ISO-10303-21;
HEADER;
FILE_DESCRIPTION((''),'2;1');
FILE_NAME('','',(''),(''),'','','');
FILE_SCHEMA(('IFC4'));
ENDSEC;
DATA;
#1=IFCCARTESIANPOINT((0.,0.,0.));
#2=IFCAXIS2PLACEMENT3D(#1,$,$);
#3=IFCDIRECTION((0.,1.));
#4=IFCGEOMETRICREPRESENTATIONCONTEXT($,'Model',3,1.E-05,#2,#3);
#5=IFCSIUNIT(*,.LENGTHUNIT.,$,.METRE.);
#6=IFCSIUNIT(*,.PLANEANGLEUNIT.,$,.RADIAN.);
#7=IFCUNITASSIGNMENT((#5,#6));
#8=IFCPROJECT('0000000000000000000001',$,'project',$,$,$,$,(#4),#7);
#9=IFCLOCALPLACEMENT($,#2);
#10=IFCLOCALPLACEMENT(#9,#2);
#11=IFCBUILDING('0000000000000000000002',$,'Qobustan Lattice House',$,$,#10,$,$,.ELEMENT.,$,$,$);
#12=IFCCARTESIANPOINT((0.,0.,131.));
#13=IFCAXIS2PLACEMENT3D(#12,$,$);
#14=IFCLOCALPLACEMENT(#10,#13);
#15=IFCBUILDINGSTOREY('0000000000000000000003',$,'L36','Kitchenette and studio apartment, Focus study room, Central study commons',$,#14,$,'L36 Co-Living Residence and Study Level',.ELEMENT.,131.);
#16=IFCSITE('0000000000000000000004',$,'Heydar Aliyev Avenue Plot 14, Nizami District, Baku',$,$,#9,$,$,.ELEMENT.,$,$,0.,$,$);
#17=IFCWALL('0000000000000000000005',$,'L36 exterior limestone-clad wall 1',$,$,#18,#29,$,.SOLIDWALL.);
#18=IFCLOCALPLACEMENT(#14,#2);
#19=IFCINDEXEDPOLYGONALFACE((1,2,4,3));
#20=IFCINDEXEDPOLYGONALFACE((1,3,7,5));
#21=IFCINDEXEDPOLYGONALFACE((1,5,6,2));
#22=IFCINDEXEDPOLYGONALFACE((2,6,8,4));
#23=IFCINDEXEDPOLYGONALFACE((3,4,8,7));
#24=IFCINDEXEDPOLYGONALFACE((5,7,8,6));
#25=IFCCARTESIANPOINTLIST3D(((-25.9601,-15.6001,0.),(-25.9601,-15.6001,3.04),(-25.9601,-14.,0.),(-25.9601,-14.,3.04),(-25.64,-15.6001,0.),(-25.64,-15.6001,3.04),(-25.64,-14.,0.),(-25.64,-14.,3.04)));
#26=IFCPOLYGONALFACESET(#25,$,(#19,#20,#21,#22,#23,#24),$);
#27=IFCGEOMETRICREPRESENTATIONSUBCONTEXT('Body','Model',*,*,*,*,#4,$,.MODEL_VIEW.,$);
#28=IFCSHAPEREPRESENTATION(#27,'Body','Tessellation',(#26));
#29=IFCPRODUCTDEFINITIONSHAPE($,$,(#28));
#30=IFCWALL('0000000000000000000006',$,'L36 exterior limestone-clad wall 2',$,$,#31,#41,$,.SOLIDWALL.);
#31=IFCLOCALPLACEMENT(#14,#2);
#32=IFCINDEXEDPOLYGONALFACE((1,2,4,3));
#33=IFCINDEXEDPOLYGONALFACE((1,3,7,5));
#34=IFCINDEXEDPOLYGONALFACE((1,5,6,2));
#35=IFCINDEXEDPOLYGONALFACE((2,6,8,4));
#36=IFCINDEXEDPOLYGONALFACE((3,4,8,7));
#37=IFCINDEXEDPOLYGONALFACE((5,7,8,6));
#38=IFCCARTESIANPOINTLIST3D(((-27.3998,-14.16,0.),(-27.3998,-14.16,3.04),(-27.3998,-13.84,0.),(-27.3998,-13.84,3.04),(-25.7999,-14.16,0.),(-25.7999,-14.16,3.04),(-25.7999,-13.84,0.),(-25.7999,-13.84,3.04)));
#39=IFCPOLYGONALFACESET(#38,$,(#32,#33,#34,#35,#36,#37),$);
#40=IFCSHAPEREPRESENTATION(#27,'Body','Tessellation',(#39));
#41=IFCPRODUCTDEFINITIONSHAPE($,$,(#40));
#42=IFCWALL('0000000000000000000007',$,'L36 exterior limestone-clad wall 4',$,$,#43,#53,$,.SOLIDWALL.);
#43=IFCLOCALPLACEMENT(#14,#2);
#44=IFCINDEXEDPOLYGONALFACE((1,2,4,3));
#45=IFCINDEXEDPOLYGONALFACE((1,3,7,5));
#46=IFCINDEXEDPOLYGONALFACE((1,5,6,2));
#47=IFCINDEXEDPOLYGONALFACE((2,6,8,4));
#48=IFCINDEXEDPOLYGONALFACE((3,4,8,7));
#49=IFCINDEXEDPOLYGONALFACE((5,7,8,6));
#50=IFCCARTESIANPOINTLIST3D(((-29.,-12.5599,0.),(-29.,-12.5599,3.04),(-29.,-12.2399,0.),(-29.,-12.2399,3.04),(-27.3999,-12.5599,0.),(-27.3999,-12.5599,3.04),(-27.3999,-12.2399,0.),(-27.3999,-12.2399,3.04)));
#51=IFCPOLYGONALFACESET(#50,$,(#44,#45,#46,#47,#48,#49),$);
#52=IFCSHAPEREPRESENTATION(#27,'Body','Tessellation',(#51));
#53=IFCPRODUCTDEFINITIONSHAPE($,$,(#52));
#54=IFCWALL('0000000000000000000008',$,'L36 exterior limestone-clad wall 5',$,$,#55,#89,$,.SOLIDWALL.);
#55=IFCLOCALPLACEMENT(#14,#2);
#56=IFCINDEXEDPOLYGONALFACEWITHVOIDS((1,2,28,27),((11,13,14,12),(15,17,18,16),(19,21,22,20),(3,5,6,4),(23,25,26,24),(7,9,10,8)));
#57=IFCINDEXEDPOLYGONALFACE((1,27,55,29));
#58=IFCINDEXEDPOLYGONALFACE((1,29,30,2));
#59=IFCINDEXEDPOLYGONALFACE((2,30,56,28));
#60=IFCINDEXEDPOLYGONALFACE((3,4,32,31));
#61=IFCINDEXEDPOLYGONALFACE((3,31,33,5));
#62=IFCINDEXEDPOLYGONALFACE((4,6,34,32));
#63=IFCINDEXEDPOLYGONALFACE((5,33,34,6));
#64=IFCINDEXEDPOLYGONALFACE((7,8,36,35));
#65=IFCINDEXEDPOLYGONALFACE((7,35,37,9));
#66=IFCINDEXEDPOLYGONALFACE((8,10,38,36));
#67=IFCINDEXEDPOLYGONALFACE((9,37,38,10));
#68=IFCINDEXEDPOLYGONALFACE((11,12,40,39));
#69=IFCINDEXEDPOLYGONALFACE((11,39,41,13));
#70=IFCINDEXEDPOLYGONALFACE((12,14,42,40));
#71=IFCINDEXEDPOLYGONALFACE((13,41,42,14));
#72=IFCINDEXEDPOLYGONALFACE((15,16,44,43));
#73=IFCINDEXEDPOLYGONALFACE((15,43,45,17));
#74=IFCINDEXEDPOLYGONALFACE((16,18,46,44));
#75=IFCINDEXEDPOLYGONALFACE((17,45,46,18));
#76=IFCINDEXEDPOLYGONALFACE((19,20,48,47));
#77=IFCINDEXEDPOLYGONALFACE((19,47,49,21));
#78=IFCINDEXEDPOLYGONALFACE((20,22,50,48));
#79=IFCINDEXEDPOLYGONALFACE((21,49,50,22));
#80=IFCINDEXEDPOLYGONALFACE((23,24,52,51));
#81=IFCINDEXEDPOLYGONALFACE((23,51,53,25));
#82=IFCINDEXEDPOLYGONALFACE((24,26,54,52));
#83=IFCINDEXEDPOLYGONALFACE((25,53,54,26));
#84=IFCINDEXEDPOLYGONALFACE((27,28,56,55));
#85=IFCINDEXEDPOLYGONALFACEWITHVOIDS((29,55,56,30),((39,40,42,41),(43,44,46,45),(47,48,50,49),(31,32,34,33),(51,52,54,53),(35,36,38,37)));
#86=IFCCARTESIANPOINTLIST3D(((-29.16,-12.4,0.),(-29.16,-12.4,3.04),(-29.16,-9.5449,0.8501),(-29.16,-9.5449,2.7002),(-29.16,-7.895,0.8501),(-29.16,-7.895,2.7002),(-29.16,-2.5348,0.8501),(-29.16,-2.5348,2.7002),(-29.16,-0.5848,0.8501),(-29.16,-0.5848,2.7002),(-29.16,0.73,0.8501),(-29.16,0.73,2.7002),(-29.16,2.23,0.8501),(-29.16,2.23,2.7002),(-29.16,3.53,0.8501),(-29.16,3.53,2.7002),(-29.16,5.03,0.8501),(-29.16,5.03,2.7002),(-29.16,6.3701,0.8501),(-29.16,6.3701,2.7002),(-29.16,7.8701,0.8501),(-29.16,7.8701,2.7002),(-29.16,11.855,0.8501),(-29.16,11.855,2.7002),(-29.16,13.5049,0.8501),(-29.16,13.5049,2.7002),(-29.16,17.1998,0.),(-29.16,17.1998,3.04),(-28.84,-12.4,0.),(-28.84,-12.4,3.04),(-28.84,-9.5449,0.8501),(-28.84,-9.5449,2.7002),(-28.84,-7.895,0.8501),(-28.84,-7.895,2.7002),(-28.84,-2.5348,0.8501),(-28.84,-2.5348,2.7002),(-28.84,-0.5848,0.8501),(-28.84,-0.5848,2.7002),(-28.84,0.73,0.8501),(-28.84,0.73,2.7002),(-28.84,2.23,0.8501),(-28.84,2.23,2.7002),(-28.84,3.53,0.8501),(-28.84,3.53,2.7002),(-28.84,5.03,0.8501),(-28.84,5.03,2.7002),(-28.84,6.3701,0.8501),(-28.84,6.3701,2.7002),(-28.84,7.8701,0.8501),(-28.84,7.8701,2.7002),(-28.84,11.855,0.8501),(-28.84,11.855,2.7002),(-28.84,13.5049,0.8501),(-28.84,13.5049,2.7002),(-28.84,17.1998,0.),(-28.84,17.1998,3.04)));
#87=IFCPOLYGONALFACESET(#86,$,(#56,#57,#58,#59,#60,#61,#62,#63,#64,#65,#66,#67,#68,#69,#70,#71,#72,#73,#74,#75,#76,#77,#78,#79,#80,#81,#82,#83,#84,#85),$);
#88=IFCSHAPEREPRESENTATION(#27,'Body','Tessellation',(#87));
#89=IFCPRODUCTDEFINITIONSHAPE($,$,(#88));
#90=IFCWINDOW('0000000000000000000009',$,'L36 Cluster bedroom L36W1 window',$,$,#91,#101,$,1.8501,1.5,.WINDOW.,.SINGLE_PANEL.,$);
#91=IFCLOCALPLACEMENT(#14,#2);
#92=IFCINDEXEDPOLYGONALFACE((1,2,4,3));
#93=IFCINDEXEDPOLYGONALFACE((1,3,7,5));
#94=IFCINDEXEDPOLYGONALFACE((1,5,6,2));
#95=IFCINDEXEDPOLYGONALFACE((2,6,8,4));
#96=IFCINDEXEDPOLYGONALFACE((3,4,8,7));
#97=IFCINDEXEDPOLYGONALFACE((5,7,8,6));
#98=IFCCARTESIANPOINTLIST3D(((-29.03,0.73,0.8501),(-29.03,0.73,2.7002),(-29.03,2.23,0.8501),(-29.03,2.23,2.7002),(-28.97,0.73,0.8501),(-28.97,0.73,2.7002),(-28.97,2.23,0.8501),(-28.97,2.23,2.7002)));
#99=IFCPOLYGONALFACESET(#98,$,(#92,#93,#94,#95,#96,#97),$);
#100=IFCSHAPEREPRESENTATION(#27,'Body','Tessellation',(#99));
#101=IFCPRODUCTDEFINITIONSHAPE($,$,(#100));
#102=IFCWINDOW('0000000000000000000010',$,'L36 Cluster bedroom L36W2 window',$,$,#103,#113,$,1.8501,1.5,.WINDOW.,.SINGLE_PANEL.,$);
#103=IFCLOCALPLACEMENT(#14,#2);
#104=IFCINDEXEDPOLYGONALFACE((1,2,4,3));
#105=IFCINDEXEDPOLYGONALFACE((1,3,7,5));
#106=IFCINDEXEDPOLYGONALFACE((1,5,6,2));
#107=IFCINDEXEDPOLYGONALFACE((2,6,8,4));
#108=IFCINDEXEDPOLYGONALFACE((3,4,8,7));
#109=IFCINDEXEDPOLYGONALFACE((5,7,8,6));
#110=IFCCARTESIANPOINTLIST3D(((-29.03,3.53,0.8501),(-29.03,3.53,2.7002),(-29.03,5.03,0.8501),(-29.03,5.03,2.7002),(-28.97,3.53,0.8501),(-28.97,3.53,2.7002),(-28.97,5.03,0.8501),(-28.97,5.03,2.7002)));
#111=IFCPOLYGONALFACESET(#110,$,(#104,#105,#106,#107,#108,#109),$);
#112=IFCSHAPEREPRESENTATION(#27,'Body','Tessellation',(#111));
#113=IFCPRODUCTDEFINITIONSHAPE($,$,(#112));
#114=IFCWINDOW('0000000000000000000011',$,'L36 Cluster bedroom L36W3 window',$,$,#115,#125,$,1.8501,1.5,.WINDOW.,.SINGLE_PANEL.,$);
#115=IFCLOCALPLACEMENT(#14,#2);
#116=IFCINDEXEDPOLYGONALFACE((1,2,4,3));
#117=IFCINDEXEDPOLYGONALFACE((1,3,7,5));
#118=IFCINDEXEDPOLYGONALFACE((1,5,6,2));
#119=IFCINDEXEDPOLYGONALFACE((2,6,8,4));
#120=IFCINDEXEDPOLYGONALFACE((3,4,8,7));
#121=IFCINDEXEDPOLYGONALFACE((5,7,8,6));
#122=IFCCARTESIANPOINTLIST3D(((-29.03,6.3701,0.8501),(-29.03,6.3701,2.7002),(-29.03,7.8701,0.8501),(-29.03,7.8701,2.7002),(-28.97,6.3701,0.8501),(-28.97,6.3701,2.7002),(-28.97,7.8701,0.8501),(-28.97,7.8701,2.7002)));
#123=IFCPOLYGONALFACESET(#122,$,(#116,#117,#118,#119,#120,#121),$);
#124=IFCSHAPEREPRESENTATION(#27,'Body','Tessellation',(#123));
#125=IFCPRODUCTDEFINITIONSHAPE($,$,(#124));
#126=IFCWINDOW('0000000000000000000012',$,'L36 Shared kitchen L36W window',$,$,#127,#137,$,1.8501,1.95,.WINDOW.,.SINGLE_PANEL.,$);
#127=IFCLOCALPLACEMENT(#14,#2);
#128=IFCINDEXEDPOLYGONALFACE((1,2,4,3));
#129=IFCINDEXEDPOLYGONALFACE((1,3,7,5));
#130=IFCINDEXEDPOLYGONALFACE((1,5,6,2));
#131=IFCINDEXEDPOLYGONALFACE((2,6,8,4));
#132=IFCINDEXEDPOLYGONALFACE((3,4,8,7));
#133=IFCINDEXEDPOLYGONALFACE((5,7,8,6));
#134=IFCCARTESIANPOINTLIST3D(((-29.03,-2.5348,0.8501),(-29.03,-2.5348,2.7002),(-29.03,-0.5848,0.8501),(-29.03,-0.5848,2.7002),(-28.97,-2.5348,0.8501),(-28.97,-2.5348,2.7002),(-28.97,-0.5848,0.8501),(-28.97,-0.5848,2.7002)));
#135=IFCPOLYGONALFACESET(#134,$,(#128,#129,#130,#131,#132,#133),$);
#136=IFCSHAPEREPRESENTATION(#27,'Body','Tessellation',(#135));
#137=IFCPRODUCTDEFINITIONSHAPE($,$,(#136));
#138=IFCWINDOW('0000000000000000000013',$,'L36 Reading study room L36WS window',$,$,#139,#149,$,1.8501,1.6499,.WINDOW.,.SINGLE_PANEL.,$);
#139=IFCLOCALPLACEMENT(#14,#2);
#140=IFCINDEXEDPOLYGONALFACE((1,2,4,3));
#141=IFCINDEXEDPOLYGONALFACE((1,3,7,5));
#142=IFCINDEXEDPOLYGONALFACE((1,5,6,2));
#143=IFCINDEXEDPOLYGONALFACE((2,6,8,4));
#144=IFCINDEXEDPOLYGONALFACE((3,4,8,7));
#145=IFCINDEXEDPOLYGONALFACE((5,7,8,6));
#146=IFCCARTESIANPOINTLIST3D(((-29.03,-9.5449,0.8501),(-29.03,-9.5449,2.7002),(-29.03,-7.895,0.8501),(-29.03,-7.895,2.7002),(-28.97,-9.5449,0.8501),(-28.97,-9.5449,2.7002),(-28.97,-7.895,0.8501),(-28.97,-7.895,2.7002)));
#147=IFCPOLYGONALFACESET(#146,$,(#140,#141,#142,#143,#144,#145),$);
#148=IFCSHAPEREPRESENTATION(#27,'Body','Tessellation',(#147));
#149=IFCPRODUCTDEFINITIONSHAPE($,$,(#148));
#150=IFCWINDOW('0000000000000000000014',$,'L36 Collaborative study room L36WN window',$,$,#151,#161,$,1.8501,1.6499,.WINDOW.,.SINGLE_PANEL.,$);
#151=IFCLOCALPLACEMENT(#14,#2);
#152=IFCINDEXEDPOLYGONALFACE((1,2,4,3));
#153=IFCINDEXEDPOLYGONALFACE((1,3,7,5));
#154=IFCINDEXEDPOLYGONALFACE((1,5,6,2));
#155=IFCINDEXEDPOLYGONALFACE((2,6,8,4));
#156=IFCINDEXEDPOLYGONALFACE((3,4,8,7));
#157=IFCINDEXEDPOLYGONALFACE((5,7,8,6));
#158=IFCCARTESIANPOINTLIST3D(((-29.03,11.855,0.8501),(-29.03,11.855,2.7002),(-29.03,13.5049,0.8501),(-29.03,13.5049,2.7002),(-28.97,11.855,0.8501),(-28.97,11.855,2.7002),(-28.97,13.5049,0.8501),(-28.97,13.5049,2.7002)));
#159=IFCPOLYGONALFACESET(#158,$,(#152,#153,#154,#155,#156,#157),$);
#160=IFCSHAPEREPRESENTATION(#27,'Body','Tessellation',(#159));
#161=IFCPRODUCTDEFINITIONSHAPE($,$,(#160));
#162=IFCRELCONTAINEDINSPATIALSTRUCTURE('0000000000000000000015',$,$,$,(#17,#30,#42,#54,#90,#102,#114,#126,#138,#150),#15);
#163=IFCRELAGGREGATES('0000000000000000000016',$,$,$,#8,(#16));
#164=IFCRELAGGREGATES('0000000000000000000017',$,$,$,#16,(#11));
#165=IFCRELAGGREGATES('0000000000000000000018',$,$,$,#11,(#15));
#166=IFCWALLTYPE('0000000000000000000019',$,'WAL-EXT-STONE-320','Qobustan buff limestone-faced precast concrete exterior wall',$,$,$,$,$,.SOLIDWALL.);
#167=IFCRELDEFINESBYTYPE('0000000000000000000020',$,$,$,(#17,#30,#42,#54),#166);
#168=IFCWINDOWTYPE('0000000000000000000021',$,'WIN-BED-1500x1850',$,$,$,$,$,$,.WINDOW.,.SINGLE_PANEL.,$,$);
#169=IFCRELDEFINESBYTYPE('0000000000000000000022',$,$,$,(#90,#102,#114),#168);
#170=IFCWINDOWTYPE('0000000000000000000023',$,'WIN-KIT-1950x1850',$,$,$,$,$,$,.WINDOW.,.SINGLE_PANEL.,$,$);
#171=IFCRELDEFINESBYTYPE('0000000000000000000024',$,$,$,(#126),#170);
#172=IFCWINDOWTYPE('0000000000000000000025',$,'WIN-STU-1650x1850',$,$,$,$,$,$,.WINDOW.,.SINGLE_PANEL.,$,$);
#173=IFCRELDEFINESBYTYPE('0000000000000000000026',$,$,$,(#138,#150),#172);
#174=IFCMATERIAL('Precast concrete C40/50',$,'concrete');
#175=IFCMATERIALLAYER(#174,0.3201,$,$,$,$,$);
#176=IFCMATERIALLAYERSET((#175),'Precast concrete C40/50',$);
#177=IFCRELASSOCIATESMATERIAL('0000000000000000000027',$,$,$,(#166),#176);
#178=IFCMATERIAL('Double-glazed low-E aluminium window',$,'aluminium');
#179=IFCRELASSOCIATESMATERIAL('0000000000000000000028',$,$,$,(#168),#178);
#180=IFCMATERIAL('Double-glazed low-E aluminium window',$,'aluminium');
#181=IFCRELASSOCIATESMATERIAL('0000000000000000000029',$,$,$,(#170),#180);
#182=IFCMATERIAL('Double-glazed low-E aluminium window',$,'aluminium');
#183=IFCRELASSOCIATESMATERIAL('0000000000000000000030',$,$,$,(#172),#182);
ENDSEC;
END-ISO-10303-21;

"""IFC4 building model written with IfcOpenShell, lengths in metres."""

from ifc_helpers import new_model, si_unit, direction, frame, frame_2d, origin, place, context, subcontext, project, spatial, rectangle, extrude, material, layer, layer_set, type_object, element, fill, save


model = new_model("IFC4")

# Units and contexts
model_context = context("Model", 3, precision=1e-05, world=origin(), true_north=direction((0.0, 1.0)))
body_context = subcontext(model_context, "Body", "Model", "MODEL_VIEW")
ifc_project = project(units=[si_unit("LENGTHUNIT", "METRE"), si_unit("PLANEANGLEUNIT", "RADIAN")], contexts=[model_context])

# Site, building, storey
site_placement = place(None, origin())
site = spatial("IfcSite", under=ifc_project, at=site_placement, Name="Heydar Aliyev Avenue Plot 14, Nizami District, Baku", CompositionType="ELEMENT", RefElevation=0.0)
building_placement = place(site_placement, origin())
building = spatial("IfcBuilding", under=site, at=building_placement, Name="Qobustan Lattice House", CompositionType="ELEMENT")
storey_placement = place(building_placement, frame((0.0, 0.0, 131.0)))
storey = spatial("IfcBuildingStorey", under=building, at=storey_placement, Name="L36", Description="Kitchenette and studio apartment, Focus study room, Central study commons", LongName="L36 Co-Living Residence and Study Level", CompositionType="ELEMENT", Elevation=131.0)

# Walls
ifc_material_1 = material(Name="Precast concrete C40/50", Category="concrete")
ifc_layer_1 = layer(ifc_material_1, 0.3201)
ifc_layer_set_1 = layer_set([ifc_layer_1], Name="Precast concrete C40/50")
wall_type_1 = type_object("IfcWallType", Name="WAL-EXT-STONE-320", Description="Qobustan buff limestone-faced precast concrete exterior wall", PredefinedType="SOLIDWALL", material=ifc_layer_set_1)
wall_1_placement = place(storey_placement, frame((-25.8, -15.6001, 0.0), z_axis=(0.0, 0.0, 1.0), x_axis=(0.0, 1.0, 0.0)))
element("IfcWall", 1, at=wall_1_placement, inside=storey, type_object=wall_type_1, Name="L36 exterior limestone-clad wall 1", PredefinedType="SOLIDWALL", context=body_context, shape_type="SweptSolid", body=[
    extrude(rectangle(XDim=1.6001, YDim=0.3201, at=frame_2d((0.8, 0.0))), origin(), (0.0, 0.0, 1.0), 3.04),
])
wall_2_placement = place(storey_placement, frame((-25.8, -14.0, 0.0), z_axis=(0.0, 0.0, 1.0), x_axis=(-1.0, 0.0, 0.0)))
element("IfcWall", 2, at=wall_2_placement, inside=storey, type_object=wall_type_1, Name="L36 exterior limestone-clad wall 2", PredefinedType="SOLIDWALL", context=body_context, shape_type="SweptSolid", body=[
    extrude(rectangle(XDim=1.5999, YDim=0.3201, at=frame_2d((0.7998, 0.0))), origin(), (0.0, 0.0, 1.0), 3.04),
])
wall_3_placement = place(storey_placement, frame((-27.3999, -12.3999, 0.0), z_axis=(0.0, 0.0, 1.0), x_axis=(-1.0, 0.0, 0.0)))
element("IfcWall", 3, at=wall_3_placement, inside=storey, type_object=wall_type_1, Name="L36 exterior limestone-clad wall 4", PredefinedType="SOLIDWALL", context=body_context, shape_type="SweptSolid", body=[
    extrude(rectangle(XDim=1.6001, YDim=0.3201, at=frame_2d((0.8, 0.0))), origin(), (0.0, 0.0, 1.0), 3.04),
])

# Wall, openings, windows
wall_4_placement = place(storey_placement, frame((-29.0, -12.3999, 0.0), z_axis=(0.0, 0.0, 1.0), x_axis=(0.0, 1.0, 0.0)))
wall_4 = element("IfcWall", 4, at=wall_4_placement, inside=storey, type_object=wall_type_1, Name="L36 exterior limestone-clad wall 5", PredefinedType="SOLIDWALL", context=body_context, shape_type="SweptSolid", body=[
    extrude(rectangle(XDim=29.5999, YDim=0.3201, at=frame_2d((14.7998, 0.0))), origin(), (0.0, 0.0, 1.0), 3.04),
])
opening_1_placement = place(wall_4_placement, frame((2.855, 0.0, 0.8501)))
opening_1 = element("IfcOpeningElement", 5, at=opening_1_placement, cuts=wall_4, PredefinedType="OPENING", context=body_context, shape_type="SweptSolid", body=[
    extrude(rectangle(XDim=1.6499, YDim=1.8501, at=frame_2d((0.825, 0.925))), frame((0.0, 0.1699, 0.0), z_axis=(0.0, -1.0, 0.0), x_axis=(1.0, 0.0, 0.0)), (0.0, 0.0, 1.0), 0.3401),
])
opening_2_placement = place(wall_4_placement, frame((9.865, 0.0, 0.8501)))
opening_2 = element("IfcOpeningElement", 6, at=opening_2_placement, cuts=wall_4, PredefinedType="OPENING", context=body_context, shape_type="SweptSolid", body=[
    extrude(rectangle(XDim=1.95, YDim=1.8501, at=frame_2d((0.9751, 0.925))), frame((0.0, 0.1699, 0.0), z_axis=(0.0, -1.0, 0.0), x_axis=(1.0, 0.0, 0.0)), (0.0, 0.0, 1.0), 0.3401),
])
opening_3_placement = place(wall_4_placement, frame((13.1299, 0.0, 0.8501)))
opening_3 = element("IfcOpeningElement", 7, at=opening_3_placement, cuts=wall_4, PredefinedType="OPENING", context=body_context, shape_type="SweptSolid", body=[
    extrude(rectangle(XDim=1.5, YDim=1.8501, at=frame_2d((0.75, 0.925))), frame((0.0, 0.1699, 0.0), z_axis=(0.0, -1.0, 0.0), x_axis=(1.0, 0.0, 0.0)), (0.0, 0.0, 1.0), 0.3401),
])
opening_4_placement = place(wall_4_placement, frame((15.9299, 0.0, 0.8501)))
opening_4 = element("IfcOpeningElement", 8, at=opening_4_placement, cuts=wall_4, PredefinedType="OPENING", context=body_context, shape_type="SweptSolid", body=[
    extrude(rectangle(XDim=1.5, YDim=1.8501, at=frame_2d((0.75, 0.925))), frame((0.0, 0.1699, 0.0), z_axis=(0.0, -1.0, 0.0), x_axis=(1.0, 0.0, 0.0)), (0.0, 0.0, 1.0), 0.3401),
])
opening_5_placement = place(wall_4_placement, frame((18.77, 0.0, 0.8501)))
opening_5 = element("IfcOpeningElement", 9, at=opening_5_placement, cuts=wall_4, PredefinedType="OPENING", context=body_context, shape_type="SweptSolid", body=[
    extrude(rectangle(XDim=1.5, YDim=1.8501, at=frame_2d((0.75, 0.925))), frame((0.0, 0.1699, 0.0), z_axis=(0.0, -1.0, 0.0), x_axis=(1.0, 0.0, 0.0)), (0.0, 0.0, 1.0), 0.3401),
])
opening_6_placement = place(wall_4_placement, frame((24.2549, 0.0, 0.8501)))
opening_6 = element("IfcOpeningElement", 10, at=opening_6_placement, cuts=wall_4, PredefinedType="OPENING", context=body_context, shape_type="SweptSolid", body=[
    extrude(rectangle(XDim=1.6499, YDim=1.8501, at=frame_2d((0.825, 0.925))), frame((0.0, 0.1699, 0.0), z_axis=(0.0, -1.0, 0.0), x_axis=(1.0, 0.0, 0.0)), (0.0, 0.0, 1.0), 0.3401),
])
ifc_material_2 = material(Name="Double-glazed low-E aluminium window", Category="aluminium")
window_type_1 = type_object("IfcWindowType", Name="WIN-BED-1500x1850", PartitioningType="SINGLE_PANEL", PredefinedType="WINDOW", material=ifc_material_2)
window_1_placement = place(opening_3_placement, origin())
window_1 = element("IfcWindow", 11, at=window_1_placement, inside=storey, type_object=window_type_1, Name="L36 Cluster bedroom L36W1 window", OverallHeight=1.8501, OverallWidth=1.5, PartitioningType="SINGLE_PANEL", PredefinedType="WINDOW", context=body_context, shape_type="SweptSolid", body=[
    extrude(rectangle(XDim=1.5, YDim=1.8501, at=frame_2d((0.75, 0.925))), frame((0.0, 0.03, 0.0), z_axis=(0.0, -1.0, 0.0), x_axis=(1.0, 0.0, 0.0)), (0.0, 0.0, 1.0), 0.0601),
])
fill(opening_3, window_1)
window_2_placement = place(opening_4_placement, origin())
window_2 = element("IfcWindow", 12, at=window_2_placement, inside=storey, type_object=window_type_1, Name="L36 Cluster bedroom L36W2 window", OverallHeight=1.8501, OverallWidth=1.5, PartitioningType="SINGLE_PANEL", PredefinedType="WINDOW", context=body_context, shape_type="SweptSolid", body=[
    extrude(rectangle(XDim=1.5, YDim=1.8501, at=frame_2d((0.75, 0.925))), frame((0.0, 0.03, 0.0), z_axis=(0.0, -1.0, 0.0), x_axis=(1.0, 0.0, 0.0)), (0.0, 0.0, 1.0), 0.0601),
])
fill(opening_4, window_2)
window_3_placement = place(opening_5_placement, origin())
window_3 = element("IfcWindow", 13, at=window_3_placement, inside=storey, type_object=window_type_1, Name="L36 Cluster bedroom L36W3 window", OverallHeight=1.8501, OverallWidth=1.5, PartitioningType="SINGLE_PANEL", PredefinedType="WINDOW", context=body_context, shape_type="SweptSolid", body=[
    extrude(rectangle(XDim=1.5, YDim=1.8501, at=frame_2d((0.75, 0.925))), frame((0.0, 0.03, 0.0), z_axis=(0.0, -1.0, 0.0), x_axis=(1.0, 0.0, 0.0)), (0.0, 0.0, 1.0), 0.0601),
])
fill(opening_5, window_3)
ifc_material_3 = material(Name="Double-glazed low-E aluminium window", Category="aluminium")
window_type_2 = type_object("IfcWindowType", Name="WIN-KIT-1950x1850", PartitioningType="SINGLE_PANEL", PredefinedType="WINDOW", material=ifc_material_3)
window_4_placement = place(opening_2_placement, origin())
window_4 = element("IfcWindow", 14, at=window_4_placement, inside=storey, type_object=window_type_2, Name="L36 Shared kitchen L36W window", OverallHeight=1.8501, OverallWidth=1.95, PartitioningType="SINGLE_PANEL", PredefinedType="WINDOW", context=body_context, shape_type="SweptSolid", body=[
    extrude(rectangle(XDim=1.95, YDim=1.8501, at=frame_2d((0.9751, 0.925))), frame((0.0, 0.03, 0.0), z_axis=(0.0, -1.0, 0.0), x_axis=(1.0, 0.0, 0.0)), (0.0, 0.0, 1.0), 0.0601),
])
fill(opening_2, window_4)
ifc_material_4 = material(Name="Double-glazed low-E aluminium window", Category="aluminium")
window_type_3 = type_object("IfcWindowType", Name="WIN-STU-1650x1850", PartitioningType="SINGLE_PANEL", PredefinedType="WINDOW", material=ifc_material_4)
window_5_placement = place(opening_1_placement, origin())
window_5 = element("IfcWindow", 15, at=window_5_placement, inside=storey, type_object=window_type_3, Name="L36 Reading study room L36WS window", OverallHeight=1.8501, OverallWidth=1.6499, PartitioningType="SINGLE_PANEL", PredefinedType="WINDOW", context=body_context, shape_type="SweptSolid", body=[
    extrude(rectangle(XDim=1.6499, YDim=1.8501, at=frame_2d((0.825, 0.925))), frame((0.0, 0.03, 0.0), z_axis=(0.0, -1.0, 0.0), x_axis=(1.0, 0.0, 0.0)), (0.0, 0.0, 1.0), 0.0601),
])
fill(opening_1, window_5)
window_6_placement = place(opening_6_placement, origin())
window_6 = element("IfcWindow", 16, at=window_6_placement, inside=storey, type_object=window_type_3, Name="L36 Collaborative study room L36WN window", OverallHeight=1.8501, OverallWidth=1.6499, PartitioningType="SINGLE_PANEL", PredefinedType="WINDOW", context=body_context, shape_type="SweptSolid", body=[
    extrude(rectangle(XDim=1.6499, YDim=1.8501, at=frame_2d((0.825, 0.925))), frame((0.0, 0.03, 0.0), z_axis=(0.0, -1.0, 0.0), x_axis=(1.0, 0.0, 0.0)), (0.0, 0.0, 1.0), 0.0601),
])
fill(opening_6, window_6)

save(model, "model.ifc")
